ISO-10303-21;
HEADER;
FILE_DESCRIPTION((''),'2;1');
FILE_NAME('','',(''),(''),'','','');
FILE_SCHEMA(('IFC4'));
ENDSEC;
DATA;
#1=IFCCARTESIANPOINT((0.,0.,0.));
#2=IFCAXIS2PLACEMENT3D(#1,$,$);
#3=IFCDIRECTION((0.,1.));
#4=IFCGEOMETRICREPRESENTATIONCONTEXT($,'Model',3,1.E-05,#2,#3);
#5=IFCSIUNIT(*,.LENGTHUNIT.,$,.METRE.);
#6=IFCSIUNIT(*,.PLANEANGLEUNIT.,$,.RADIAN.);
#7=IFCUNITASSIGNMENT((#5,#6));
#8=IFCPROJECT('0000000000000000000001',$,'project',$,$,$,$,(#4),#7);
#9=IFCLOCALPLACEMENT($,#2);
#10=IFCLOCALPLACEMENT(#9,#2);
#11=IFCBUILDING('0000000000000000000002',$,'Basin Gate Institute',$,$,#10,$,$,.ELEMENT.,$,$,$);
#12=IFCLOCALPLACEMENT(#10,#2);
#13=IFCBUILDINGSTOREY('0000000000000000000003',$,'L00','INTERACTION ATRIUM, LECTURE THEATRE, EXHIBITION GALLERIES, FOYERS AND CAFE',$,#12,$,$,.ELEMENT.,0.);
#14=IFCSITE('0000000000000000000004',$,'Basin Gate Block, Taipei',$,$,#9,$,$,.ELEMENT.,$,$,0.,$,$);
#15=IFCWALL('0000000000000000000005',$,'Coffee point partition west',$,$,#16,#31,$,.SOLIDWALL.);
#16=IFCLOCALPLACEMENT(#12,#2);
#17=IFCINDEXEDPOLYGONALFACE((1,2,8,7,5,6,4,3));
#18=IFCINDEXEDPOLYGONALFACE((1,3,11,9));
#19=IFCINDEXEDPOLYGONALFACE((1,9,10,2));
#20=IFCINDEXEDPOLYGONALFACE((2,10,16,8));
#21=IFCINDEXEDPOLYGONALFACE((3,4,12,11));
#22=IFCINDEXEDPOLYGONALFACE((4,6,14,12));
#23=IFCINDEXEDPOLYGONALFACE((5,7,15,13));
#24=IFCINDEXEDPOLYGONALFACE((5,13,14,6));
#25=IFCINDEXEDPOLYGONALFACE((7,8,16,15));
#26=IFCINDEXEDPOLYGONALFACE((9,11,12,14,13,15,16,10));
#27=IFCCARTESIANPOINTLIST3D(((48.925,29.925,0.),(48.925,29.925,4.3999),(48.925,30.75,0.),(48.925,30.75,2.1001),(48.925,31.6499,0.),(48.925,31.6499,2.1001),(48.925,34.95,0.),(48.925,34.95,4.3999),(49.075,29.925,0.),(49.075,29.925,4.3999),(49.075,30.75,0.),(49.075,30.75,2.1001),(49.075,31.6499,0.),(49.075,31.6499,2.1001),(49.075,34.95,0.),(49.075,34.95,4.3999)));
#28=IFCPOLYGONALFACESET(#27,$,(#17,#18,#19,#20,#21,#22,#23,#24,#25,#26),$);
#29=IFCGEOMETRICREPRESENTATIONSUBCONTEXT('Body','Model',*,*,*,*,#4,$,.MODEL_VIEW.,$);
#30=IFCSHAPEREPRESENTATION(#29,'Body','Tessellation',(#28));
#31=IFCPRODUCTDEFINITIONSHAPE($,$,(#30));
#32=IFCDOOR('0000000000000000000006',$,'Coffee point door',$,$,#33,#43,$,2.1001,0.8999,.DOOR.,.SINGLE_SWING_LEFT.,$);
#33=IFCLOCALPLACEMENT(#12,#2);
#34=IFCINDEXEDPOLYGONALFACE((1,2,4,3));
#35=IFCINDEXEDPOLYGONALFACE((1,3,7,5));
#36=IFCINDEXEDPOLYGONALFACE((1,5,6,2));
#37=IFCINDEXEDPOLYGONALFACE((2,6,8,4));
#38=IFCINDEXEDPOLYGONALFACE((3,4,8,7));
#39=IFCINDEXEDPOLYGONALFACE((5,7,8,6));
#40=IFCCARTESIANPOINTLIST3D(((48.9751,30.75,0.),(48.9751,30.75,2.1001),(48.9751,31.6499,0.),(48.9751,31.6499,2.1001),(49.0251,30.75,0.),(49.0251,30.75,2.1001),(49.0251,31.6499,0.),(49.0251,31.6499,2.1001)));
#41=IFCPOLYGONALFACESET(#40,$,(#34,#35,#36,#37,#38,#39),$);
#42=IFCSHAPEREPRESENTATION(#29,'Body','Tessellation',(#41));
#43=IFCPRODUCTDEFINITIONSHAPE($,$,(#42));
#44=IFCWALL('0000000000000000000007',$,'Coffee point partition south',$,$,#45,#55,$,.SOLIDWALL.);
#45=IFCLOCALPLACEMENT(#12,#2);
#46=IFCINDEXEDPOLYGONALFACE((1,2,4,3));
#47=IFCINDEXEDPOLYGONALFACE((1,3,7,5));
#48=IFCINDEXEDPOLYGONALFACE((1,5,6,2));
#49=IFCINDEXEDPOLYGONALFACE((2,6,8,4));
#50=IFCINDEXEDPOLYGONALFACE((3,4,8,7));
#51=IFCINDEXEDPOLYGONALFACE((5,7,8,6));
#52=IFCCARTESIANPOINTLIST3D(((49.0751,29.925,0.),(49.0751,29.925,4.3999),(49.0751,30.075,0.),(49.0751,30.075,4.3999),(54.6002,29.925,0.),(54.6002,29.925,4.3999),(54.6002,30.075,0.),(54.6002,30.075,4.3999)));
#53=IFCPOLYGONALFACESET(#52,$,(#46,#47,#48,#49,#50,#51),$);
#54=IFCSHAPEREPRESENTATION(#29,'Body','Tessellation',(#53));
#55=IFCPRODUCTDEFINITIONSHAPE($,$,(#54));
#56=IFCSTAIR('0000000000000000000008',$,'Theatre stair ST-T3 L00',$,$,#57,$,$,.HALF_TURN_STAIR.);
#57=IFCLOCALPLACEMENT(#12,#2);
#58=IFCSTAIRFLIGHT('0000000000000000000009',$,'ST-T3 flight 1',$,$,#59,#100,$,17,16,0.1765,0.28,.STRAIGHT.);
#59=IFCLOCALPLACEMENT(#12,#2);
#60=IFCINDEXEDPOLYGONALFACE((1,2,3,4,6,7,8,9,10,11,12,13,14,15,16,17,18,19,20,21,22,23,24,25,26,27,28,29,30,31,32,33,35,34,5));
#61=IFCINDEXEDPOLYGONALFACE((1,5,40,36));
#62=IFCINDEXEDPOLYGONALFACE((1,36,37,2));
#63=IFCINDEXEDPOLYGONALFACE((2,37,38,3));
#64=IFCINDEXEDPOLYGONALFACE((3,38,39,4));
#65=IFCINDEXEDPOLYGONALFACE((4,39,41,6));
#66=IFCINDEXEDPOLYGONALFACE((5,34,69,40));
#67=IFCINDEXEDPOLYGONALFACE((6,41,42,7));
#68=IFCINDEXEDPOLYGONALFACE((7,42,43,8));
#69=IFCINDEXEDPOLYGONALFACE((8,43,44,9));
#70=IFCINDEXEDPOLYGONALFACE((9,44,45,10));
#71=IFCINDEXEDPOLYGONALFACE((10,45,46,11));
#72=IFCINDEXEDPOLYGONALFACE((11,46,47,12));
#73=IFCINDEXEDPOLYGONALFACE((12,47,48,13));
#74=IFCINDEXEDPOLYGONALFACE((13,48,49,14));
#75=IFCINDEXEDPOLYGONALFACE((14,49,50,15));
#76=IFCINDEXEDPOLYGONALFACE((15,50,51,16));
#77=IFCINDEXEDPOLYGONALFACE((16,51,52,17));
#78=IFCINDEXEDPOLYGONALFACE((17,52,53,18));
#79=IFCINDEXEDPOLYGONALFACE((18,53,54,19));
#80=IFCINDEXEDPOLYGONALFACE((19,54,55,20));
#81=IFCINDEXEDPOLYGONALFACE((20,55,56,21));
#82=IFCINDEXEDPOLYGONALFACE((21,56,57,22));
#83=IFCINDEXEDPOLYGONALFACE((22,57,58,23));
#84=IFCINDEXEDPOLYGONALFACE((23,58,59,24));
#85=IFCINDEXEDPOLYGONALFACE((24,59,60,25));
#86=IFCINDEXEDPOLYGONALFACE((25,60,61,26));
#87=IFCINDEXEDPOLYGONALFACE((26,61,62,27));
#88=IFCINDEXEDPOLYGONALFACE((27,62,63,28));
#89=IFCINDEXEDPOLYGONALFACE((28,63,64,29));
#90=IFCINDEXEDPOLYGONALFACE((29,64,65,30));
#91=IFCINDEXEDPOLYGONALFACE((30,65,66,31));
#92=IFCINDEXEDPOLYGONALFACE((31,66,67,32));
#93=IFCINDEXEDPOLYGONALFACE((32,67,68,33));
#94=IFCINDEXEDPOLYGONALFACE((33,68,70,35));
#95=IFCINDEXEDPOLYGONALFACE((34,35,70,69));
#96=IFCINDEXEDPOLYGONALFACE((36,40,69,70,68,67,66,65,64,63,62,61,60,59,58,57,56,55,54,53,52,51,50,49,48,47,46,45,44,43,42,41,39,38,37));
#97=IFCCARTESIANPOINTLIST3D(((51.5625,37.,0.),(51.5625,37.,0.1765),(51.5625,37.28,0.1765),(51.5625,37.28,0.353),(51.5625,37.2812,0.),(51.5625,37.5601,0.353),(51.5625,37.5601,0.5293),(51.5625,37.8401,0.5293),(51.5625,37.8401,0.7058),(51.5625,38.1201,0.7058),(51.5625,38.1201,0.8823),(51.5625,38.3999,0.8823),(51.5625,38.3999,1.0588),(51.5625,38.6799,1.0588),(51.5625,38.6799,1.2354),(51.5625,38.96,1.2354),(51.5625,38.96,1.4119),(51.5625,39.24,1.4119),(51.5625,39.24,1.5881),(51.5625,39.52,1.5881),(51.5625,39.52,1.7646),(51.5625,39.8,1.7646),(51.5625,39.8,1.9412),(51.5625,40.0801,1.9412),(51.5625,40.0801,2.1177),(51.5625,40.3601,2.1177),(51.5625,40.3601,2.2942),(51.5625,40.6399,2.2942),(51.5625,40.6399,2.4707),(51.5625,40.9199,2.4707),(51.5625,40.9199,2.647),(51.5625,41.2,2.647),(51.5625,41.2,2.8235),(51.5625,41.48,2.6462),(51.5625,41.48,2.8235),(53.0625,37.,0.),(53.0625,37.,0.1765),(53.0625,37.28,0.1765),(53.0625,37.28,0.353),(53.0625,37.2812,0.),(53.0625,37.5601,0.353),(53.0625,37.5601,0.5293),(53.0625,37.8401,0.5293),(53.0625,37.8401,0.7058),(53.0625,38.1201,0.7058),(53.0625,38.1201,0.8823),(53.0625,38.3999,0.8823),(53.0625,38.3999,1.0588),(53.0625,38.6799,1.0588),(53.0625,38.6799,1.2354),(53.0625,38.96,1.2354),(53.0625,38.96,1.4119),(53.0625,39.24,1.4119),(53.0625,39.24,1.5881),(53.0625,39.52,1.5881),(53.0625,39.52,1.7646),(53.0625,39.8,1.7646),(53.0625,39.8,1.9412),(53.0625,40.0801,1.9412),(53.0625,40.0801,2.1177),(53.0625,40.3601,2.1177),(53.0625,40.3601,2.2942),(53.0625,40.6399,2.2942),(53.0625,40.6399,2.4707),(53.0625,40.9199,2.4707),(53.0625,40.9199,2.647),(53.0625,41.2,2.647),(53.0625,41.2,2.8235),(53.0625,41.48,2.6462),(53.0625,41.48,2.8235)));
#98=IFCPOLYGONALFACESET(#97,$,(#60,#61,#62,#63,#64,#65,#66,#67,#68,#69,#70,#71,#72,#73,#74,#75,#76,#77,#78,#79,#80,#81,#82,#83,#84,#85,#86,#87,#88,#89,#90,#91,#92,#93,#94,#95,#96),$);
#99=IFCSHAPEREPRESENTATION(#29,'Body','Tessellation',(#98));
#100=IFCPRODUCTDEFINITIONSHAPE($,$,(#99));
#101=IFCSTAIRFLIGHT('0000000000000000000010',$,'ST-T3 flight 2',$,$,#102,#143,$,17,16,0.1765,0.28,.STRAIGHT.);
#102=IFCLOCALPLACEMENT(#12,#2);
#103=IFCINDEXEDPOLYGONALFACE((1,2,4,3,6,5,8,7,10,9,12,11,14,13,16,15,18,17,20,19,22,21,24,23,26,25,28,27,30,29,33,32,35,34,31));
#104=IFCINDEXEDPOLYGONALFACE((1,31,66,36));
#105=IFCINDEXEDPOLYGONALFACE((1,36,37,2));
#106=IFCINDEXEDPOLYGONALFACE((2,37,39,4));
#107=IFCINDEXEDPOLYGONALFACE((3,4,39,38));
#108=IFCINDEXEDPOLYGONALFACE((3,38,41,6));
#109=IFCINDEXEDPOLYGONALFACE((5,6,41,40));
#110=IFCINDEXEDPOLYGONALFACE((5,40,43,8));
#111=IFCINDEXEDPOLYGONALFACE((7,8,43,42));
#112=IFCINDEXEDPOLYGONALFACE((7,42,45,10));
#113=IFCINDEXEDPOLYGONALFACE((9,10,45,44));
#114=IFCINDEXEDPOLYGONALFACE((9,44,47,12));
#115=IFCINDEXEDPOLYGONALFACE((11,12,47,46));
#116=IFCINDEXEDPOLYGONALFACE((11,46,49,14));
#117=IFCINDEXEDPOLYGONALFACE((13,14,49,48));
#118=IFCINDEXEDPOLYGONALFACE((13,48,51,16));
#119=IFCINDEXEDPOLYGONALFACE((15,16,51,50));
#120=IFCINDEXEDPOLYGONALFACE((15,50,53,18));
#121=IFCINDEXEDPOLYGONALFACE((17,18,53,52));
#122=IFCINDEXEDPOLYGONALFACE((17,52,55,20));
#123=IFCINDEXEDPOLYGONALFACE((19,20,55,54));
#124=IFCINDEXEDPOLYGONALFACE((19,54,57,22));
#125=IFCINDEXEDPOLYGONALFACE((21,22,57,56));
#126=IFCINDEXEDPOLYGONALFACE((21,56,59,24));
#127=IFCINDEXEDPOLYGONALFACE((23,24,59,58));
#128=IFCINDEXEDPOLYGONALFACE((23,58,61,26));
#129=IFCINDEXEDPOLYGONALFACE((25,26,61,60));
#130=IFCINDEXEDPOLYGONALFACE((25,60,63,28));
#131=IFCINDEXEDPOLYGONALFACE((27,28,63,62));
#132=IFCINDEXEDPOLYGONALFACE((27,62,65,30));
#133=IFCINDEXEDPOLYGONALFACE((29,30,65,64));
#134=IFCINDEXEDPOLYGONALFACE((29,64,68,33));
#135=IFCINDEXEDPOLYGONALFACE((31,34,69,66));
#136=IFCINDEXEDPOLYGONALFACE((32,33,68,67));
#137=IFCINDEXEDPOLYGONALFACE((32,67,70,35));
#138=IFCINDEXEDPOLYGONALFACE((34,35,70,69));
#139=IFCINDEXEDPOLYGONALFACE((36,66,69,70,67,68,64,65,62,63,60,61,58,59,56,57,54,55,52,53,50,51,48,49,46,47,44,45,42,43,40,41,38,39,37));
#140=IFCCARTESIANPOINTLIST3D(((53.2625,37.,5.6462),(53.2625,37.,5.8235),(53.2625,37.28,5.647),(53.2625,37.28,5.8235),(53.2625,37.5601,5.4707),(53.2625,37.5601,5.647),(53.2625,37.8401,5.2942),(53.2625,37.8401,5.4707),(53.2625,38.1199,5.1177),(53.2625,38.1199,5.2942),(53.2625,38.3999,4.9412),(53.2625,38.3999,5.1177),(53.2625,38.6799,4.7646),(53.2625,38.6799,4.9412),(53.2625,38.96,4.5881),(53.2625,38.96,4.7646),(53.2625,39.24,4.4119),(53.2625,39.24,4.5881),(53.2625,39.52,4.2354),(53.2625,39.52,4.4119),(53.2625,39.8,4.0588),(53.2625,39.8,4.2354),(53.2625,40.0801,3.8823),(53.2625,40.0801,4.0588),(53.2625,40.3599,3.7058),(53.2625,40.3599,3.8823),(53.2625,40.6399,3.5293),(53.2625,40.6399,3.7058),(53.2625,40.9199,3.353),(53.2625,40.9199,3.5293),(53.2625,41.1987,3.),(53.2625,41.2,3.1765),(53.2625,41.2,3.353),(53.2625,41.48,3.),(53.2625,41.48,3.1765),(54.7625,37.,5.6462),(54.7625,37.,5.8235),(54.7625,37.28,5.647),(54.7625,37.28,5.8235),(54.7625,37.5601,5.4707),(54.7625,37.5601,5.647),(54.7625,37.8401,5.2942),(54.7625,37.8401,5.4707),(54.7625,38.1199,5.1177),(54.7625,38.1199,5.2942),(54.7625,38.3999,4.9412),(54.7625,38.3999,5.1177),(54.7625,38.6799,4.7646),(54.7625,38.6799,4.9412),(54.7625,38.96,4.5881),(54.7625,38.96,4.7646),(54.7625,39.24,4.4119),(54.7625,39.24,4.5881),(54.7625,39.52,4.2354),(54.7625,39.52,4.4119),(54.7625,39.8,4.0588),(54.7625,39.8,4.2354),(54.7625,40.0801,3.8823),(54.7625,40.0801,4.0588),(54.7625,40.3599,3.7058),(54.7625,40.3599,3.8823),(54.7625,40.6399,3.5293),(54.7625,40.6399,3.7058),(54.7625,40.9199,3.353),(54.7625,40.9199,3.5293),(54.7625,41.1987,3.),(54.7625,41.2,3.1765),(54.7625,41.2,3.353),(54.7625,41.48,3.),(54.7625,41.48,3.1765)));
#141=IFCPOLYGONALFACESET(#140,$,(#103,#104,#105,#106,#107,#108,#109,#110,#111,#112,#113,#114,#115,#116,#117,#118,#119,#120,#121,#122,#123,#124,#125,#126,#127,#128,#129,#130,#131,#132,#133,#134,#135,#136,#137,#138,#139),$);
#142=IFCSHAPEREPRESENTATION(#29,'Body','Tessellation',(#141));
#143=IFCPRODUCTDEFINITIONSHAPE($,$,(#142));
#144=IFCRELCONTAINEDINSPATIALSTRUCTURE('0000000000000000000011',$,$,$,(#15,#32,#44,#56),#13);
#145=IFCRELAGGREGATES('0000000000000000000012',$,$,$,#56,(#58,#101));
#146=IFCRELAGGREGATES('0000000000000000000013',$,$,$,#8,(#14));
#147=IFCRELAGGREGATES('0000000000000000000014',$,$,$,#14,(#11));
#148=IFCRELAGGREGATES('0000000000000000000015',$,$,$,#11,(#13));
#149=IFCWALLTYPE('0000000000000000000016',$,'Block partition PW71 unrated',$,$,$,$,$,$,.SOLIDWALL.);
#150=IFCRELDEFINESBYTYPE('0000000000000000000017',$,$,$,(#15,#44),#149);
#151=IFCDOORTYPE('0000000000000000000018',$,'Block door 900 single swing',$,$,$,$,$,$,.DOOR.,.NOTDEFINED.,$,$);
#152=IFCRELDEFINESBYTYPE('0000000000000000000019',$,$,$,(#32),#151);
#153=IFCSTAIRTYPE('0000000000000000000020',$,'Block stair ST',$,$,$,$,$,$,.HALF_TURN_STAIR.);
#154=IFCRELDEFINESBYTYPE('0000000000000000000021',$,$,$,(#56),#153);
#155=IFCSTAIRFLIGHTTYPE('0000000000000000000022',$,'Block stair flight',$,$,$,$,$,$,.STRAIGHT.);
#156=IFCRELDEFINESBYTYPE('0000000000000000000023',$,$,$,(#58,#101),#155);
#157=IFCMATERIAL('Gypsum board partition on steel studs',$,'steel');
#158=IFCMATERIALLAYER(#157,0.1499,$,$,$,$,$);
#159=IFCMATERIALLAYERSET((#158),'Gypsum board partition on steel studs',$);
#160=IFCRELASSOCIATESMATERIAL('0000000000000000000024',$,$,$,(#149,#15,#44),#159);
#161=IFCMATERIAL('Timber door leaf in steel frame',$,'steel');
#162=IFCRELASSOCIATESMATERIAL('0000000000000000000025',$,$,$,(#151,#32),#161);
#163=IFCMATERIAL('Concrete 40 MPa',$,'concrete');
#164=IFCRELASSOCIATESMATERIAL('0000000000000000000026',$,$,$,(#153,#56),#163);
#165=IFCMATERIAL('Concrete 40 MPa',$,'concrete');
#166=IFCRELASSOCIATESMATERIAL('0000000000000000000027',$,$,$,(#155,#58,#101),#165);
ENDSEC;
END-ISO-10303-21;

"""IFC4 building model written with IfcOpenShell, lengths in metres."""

from ifc_helpers import new_model, si_unit, direction, frame, frame_2d, origin, place, context, subcontext, project, spatial, polyline, rectangle, outline, extrude, material, layer, layer_set, type_object, element, fill, aggregate, save


model = new_model("IFC4")

# Units and contexts
model_context = context("Model", 3, precision=1e-05, world=origin(), true_north=direction((0.0, 1.0)))
body_context = subcontext(model_context, "Body", "Model", "MODEL_VIEW")
ifc_project = project(units=[si_unit("LENGTHUNIT", "METRE"), si_unit("PLANEANGLEUNIT", "RADIAN")], contexts=[model_context])

# Site, building, storey
site_placement = place(None, origin())
site = spatial("IfcSite", under=ifc_project, at=site_placement, Name="Basin Gate Block, Taipei", CompositionType="ELEMENT", RefElevation=0.0)
building_placement = place(site_placement, origin())
building = spatial("IfcBuilding", under=site, at=building_placement, Name="Basin Gate Institute", CompositionType="ELEMENT")
storey_placement = place(building_placement, origin())
storey = spatial("IfcBuildingStorey", under=building, at=storey_placement, Name="L00", Description="INTERACTION ATRIUM, LECTURE THEATRE, EXHIBITION GALLERIES, FOYERS AND CAFE", CompositionType="ELEMENT", Elevation=0.0)

# Shared definitions
ifc_material_1 = material(Name="Gypsum board partition on steel studs", Category="steel")
ifc_layer_1 = layer(ifc_material_1, 0.1499)
ifc_layer_set_1 = layer_set([ifc_layer_1], Name="Gypsum board partition on steel studs")
wall_type_1 = type_object("IfcWallType", Name="Block partition PW71 unrated", PredefinedType="SOLIDWALL", material=ifc_layer_set_1)

# Wall, opening, door
wall_1_placement = place(storey_placement, frame((49.0, 29.925, 0.0), z_axis=(0.0, 0.0, 1.0), x_axis=(0.0, 1.0, 0.0)))
wall_1 = element("IfcWall", 1, at=wall_1_placement, inside=storey, type_object=wall_type_1, material=ifc_layer_set_1, Name="Coffee point partition west", PredefinedType="SOLIDWALL", context=body_context, shape_type="SweptSolid", body=[
    extrude(rectangle(XDim=5.0249, YDim=0.1499, at=frame_2d((2.5125, 0.0))), origin(), (0.0, 0.0, 1.0), 4.3999),
])
opening_1_placement = place(wall_1_placement, frame((0.825, 0.0, 0.0)))
opening_1 = element("IfcOpeningElement", 2, at=opening_1_placement, cuts=wall_1, PredefinedType="OPENING", context=body_context, shape_type="SweptSolid", body=[
    extrude(rectangle(XDim=0.8999, YDim=2.1001, at=frame_2d((0.45, 1.05))), frame((0.0, 0.085, 0.0), z_axis=(0.0, -1.0, 0.0), x_axis=(1.0, 0.0, 0.0)), (0.0, 0.0, 1.0), 0.1699),
])
ifc_material_2 = material(Name="Timber door leaf in steel frame", Category="steel")
door_type_1 = type_object("IfcDoorType", Name="Block door 900 single swing", OperationType="NOTDEFINED", PredefinedType="DOOR", material=ifc_material_2)
door_1_placement = place(opening_1_placement, origin())
door_1 = element("IfcDoor", 3, at=door_1_placement, inside=storey, type_object=door_type_1, material=ifc_material_2, Name="Coffee point door", OperationType="SINGLE_SWING_LEFT", OverallHeight=2.1001, OverallWidth=0.8999, PredefinedType="DOOR", context=body_context, shape_type="SweptSolid", body=[
    extrude(rectangle(XDim=0.8999, YDim=2.1001, at=frame_2d((0.45, 1.05))), frame((0.0, 0.0249, 0.0), z_axis=(0.0, -1.0, 0.0), x_axis=(1.0, 0.0, 0.0)), (0.0, 0.0, 1.0), 0.05),
])
fill(opening_1, door_1)

# Wall
wall_2_placement = place(storey_placement, frame((49.075, 30.0, 0.0), z_axis=(0.0, 0.0, 1.0), x_axis=(1.0, 0.0, 0.0)))
element("IfcWall", 4, at=wall_2_placement, inside=storey, type_object=wall_type_1, material=ifc_layer_set_1, Name="Coffee point partition south", PredefinedType="SOLIDWALL", context=body_context, shape_type="SweptSolid", body=[
    extrude(rectangle(XDim=5.5251, YDim=0.1499, at=frame_2d((2.7627, 0.0))), origin(), (0.0, 0.0, 1.0), 4.3999),
])

# Stair, stair flights
ifc_material_3 = material(Name="Concrete 40 MPa", Category="concrete")
stair_type = type_object("IfcStairType", Name="Block stair ST", PredefinedType="HALF_TURN_STAIR", material=ifc_material_3)
stair_placement = place(storey_placement, origin())
stair = element("IfcStair", 5, at=stair_placement, inside=storey, type_object=stair_type, material=ifc_material_3, Name="Theatre stair ST-T3 L00", PredefinedType="HALF_TURN_STAIR")
ifc_material_4 = material(Name="Concrete 40 MPa", Category="concrete")
stair_flight_type = type_object("IfcStairFlightType", Name="Block stair flight", PredefinedType="STRAIGHT", material=ifc_material_4)
stair_flight_1_placement = place(storey_placement, frame((52.3125, 37.0, 0.0), z_axis=(0.0, 0.0, 1.0), x_axis=(0.0, 1.0, 0.0)))
stair_flight_1 = element("IfcStairFlight", 6, at=stair_flight_1_placement, type_object=stair_flight_type, material=ifc_material_4, Name="ST-T3 flight 1", NumberOfRisers=17, NumberOfTreads=16, PredefinedType="STRAIGHT", RiserHeight=0.1765, TreadLength=0.28, context=body_context, shape_type="SweptSolid", body=[
    extrude(outline(polyline([(0.0, 0.0), (0.0, 0.1765), (0.28, 0.1765), (0.28, 0.353), (0.5601, 0.353), (0.5601, 0.5293), (0.8401, 0.5293), (0.8401, 0.7058), (1.1201, 0.7058), (1.1201, 0.8823), (1.3999, 0.8823), (1.3999, 1.0588), (1.6799, 1.0588), (1.6799, 1.2354), (1.96, 1.2354), (1.96, 1.4119), (2.24, 1.4119), (2.24, 1.5881), (2.52, 1.5881), (2.52, 1.7646), (2.8, 1.7646), (2.8, 1.9412), (3.0801, 1.9412), (3.0801, 2.1177), (3.3601, 2.1177), (3.3601, 2.2942), (3.6399, 2.2942), (3.6399, 2.4707), (3.9199, 2.4707), (3.9199, 2.647), (4.2, 2.647), (4.2, 2.8235), (4.48, 2.8235), (4.48, 3.0), (4.48, 2.6462), (0.2812, 0.0), (0.0, 0.0)])), frame((0.0, 0.75, 0.0), z_axis=(0.0, -1.0, 0.0), x_axis=(1.0, 0.0, 0.0)), (0.0, 0.0, 1.0), 1.5),
])
stair_flight_2_placement = place(storey_placement, frame((54.0125, 41.48, 3.0), z_axis=(0.0, 0.0, 1.0), x_axis=(0.0, -1.0, 0.0)))
stair_flight_2 = element("IfcStairFlight", 7, at=stair_flight_2_placement, type_object=stair_flight_type, material=ifc_material_4, Name="ST-T3 flight 2", NumberOfRisers=17, NumberOfTreads=16, PredefinedType="STRAIGHT", RiserHeight=0.1765, TreadLength=0.28, context=body_context, shape_type="SweptSolid", body=[
    extrude(outline(polyline([(0.0, 0.0), (0.0, 0.1765), (0.28, 0.1765), (0.28, 0.353), (0.5601, 0.353), (0.5601, 0.5293), (0.8401, 0.5293), (0.8401, 0.7058), (1.1201, 0.7058), (1.1201, 0.8823), (1.3999, 0.8823), (1.3999, 1.0588), (1.6799, 1.0588), (1.6799, 1.2354), (1.96, 1.2354), (1.96, 1.4119), (2.24, 1.4119), (2.24, 1.5881), (2.52, 1.5881), (2.52, 1.7646), (2.8, 1.7646), (2.8, 1.9412), (3.0801, 1.9412), (3.0801, 2.1177), (3.3601, 2.1177), (3.3601, 2.2942), (3.6399, 2.2942), (3.6399, 2.4707), (3.9199, 2.4707), (3.9199, 2.647), (4.2, 2.647), (4.2, 2.8235), (4.48, 2.8235), (4.48, 3.0), (4.48, 2.6462), (0.2812, 0.0), (0.0, 0.0)])), frame((0.0, 0.75, 0.0), z_axis=(0.0, -1.0, 0.0), x_axis=(1.0, 0.0, 0.0)), (0.0, 0.0, 1.0), 1.5),
])
aggregate(stair, [stair_flight_1, stair_flight_2])

save(model, "model.ifc")
